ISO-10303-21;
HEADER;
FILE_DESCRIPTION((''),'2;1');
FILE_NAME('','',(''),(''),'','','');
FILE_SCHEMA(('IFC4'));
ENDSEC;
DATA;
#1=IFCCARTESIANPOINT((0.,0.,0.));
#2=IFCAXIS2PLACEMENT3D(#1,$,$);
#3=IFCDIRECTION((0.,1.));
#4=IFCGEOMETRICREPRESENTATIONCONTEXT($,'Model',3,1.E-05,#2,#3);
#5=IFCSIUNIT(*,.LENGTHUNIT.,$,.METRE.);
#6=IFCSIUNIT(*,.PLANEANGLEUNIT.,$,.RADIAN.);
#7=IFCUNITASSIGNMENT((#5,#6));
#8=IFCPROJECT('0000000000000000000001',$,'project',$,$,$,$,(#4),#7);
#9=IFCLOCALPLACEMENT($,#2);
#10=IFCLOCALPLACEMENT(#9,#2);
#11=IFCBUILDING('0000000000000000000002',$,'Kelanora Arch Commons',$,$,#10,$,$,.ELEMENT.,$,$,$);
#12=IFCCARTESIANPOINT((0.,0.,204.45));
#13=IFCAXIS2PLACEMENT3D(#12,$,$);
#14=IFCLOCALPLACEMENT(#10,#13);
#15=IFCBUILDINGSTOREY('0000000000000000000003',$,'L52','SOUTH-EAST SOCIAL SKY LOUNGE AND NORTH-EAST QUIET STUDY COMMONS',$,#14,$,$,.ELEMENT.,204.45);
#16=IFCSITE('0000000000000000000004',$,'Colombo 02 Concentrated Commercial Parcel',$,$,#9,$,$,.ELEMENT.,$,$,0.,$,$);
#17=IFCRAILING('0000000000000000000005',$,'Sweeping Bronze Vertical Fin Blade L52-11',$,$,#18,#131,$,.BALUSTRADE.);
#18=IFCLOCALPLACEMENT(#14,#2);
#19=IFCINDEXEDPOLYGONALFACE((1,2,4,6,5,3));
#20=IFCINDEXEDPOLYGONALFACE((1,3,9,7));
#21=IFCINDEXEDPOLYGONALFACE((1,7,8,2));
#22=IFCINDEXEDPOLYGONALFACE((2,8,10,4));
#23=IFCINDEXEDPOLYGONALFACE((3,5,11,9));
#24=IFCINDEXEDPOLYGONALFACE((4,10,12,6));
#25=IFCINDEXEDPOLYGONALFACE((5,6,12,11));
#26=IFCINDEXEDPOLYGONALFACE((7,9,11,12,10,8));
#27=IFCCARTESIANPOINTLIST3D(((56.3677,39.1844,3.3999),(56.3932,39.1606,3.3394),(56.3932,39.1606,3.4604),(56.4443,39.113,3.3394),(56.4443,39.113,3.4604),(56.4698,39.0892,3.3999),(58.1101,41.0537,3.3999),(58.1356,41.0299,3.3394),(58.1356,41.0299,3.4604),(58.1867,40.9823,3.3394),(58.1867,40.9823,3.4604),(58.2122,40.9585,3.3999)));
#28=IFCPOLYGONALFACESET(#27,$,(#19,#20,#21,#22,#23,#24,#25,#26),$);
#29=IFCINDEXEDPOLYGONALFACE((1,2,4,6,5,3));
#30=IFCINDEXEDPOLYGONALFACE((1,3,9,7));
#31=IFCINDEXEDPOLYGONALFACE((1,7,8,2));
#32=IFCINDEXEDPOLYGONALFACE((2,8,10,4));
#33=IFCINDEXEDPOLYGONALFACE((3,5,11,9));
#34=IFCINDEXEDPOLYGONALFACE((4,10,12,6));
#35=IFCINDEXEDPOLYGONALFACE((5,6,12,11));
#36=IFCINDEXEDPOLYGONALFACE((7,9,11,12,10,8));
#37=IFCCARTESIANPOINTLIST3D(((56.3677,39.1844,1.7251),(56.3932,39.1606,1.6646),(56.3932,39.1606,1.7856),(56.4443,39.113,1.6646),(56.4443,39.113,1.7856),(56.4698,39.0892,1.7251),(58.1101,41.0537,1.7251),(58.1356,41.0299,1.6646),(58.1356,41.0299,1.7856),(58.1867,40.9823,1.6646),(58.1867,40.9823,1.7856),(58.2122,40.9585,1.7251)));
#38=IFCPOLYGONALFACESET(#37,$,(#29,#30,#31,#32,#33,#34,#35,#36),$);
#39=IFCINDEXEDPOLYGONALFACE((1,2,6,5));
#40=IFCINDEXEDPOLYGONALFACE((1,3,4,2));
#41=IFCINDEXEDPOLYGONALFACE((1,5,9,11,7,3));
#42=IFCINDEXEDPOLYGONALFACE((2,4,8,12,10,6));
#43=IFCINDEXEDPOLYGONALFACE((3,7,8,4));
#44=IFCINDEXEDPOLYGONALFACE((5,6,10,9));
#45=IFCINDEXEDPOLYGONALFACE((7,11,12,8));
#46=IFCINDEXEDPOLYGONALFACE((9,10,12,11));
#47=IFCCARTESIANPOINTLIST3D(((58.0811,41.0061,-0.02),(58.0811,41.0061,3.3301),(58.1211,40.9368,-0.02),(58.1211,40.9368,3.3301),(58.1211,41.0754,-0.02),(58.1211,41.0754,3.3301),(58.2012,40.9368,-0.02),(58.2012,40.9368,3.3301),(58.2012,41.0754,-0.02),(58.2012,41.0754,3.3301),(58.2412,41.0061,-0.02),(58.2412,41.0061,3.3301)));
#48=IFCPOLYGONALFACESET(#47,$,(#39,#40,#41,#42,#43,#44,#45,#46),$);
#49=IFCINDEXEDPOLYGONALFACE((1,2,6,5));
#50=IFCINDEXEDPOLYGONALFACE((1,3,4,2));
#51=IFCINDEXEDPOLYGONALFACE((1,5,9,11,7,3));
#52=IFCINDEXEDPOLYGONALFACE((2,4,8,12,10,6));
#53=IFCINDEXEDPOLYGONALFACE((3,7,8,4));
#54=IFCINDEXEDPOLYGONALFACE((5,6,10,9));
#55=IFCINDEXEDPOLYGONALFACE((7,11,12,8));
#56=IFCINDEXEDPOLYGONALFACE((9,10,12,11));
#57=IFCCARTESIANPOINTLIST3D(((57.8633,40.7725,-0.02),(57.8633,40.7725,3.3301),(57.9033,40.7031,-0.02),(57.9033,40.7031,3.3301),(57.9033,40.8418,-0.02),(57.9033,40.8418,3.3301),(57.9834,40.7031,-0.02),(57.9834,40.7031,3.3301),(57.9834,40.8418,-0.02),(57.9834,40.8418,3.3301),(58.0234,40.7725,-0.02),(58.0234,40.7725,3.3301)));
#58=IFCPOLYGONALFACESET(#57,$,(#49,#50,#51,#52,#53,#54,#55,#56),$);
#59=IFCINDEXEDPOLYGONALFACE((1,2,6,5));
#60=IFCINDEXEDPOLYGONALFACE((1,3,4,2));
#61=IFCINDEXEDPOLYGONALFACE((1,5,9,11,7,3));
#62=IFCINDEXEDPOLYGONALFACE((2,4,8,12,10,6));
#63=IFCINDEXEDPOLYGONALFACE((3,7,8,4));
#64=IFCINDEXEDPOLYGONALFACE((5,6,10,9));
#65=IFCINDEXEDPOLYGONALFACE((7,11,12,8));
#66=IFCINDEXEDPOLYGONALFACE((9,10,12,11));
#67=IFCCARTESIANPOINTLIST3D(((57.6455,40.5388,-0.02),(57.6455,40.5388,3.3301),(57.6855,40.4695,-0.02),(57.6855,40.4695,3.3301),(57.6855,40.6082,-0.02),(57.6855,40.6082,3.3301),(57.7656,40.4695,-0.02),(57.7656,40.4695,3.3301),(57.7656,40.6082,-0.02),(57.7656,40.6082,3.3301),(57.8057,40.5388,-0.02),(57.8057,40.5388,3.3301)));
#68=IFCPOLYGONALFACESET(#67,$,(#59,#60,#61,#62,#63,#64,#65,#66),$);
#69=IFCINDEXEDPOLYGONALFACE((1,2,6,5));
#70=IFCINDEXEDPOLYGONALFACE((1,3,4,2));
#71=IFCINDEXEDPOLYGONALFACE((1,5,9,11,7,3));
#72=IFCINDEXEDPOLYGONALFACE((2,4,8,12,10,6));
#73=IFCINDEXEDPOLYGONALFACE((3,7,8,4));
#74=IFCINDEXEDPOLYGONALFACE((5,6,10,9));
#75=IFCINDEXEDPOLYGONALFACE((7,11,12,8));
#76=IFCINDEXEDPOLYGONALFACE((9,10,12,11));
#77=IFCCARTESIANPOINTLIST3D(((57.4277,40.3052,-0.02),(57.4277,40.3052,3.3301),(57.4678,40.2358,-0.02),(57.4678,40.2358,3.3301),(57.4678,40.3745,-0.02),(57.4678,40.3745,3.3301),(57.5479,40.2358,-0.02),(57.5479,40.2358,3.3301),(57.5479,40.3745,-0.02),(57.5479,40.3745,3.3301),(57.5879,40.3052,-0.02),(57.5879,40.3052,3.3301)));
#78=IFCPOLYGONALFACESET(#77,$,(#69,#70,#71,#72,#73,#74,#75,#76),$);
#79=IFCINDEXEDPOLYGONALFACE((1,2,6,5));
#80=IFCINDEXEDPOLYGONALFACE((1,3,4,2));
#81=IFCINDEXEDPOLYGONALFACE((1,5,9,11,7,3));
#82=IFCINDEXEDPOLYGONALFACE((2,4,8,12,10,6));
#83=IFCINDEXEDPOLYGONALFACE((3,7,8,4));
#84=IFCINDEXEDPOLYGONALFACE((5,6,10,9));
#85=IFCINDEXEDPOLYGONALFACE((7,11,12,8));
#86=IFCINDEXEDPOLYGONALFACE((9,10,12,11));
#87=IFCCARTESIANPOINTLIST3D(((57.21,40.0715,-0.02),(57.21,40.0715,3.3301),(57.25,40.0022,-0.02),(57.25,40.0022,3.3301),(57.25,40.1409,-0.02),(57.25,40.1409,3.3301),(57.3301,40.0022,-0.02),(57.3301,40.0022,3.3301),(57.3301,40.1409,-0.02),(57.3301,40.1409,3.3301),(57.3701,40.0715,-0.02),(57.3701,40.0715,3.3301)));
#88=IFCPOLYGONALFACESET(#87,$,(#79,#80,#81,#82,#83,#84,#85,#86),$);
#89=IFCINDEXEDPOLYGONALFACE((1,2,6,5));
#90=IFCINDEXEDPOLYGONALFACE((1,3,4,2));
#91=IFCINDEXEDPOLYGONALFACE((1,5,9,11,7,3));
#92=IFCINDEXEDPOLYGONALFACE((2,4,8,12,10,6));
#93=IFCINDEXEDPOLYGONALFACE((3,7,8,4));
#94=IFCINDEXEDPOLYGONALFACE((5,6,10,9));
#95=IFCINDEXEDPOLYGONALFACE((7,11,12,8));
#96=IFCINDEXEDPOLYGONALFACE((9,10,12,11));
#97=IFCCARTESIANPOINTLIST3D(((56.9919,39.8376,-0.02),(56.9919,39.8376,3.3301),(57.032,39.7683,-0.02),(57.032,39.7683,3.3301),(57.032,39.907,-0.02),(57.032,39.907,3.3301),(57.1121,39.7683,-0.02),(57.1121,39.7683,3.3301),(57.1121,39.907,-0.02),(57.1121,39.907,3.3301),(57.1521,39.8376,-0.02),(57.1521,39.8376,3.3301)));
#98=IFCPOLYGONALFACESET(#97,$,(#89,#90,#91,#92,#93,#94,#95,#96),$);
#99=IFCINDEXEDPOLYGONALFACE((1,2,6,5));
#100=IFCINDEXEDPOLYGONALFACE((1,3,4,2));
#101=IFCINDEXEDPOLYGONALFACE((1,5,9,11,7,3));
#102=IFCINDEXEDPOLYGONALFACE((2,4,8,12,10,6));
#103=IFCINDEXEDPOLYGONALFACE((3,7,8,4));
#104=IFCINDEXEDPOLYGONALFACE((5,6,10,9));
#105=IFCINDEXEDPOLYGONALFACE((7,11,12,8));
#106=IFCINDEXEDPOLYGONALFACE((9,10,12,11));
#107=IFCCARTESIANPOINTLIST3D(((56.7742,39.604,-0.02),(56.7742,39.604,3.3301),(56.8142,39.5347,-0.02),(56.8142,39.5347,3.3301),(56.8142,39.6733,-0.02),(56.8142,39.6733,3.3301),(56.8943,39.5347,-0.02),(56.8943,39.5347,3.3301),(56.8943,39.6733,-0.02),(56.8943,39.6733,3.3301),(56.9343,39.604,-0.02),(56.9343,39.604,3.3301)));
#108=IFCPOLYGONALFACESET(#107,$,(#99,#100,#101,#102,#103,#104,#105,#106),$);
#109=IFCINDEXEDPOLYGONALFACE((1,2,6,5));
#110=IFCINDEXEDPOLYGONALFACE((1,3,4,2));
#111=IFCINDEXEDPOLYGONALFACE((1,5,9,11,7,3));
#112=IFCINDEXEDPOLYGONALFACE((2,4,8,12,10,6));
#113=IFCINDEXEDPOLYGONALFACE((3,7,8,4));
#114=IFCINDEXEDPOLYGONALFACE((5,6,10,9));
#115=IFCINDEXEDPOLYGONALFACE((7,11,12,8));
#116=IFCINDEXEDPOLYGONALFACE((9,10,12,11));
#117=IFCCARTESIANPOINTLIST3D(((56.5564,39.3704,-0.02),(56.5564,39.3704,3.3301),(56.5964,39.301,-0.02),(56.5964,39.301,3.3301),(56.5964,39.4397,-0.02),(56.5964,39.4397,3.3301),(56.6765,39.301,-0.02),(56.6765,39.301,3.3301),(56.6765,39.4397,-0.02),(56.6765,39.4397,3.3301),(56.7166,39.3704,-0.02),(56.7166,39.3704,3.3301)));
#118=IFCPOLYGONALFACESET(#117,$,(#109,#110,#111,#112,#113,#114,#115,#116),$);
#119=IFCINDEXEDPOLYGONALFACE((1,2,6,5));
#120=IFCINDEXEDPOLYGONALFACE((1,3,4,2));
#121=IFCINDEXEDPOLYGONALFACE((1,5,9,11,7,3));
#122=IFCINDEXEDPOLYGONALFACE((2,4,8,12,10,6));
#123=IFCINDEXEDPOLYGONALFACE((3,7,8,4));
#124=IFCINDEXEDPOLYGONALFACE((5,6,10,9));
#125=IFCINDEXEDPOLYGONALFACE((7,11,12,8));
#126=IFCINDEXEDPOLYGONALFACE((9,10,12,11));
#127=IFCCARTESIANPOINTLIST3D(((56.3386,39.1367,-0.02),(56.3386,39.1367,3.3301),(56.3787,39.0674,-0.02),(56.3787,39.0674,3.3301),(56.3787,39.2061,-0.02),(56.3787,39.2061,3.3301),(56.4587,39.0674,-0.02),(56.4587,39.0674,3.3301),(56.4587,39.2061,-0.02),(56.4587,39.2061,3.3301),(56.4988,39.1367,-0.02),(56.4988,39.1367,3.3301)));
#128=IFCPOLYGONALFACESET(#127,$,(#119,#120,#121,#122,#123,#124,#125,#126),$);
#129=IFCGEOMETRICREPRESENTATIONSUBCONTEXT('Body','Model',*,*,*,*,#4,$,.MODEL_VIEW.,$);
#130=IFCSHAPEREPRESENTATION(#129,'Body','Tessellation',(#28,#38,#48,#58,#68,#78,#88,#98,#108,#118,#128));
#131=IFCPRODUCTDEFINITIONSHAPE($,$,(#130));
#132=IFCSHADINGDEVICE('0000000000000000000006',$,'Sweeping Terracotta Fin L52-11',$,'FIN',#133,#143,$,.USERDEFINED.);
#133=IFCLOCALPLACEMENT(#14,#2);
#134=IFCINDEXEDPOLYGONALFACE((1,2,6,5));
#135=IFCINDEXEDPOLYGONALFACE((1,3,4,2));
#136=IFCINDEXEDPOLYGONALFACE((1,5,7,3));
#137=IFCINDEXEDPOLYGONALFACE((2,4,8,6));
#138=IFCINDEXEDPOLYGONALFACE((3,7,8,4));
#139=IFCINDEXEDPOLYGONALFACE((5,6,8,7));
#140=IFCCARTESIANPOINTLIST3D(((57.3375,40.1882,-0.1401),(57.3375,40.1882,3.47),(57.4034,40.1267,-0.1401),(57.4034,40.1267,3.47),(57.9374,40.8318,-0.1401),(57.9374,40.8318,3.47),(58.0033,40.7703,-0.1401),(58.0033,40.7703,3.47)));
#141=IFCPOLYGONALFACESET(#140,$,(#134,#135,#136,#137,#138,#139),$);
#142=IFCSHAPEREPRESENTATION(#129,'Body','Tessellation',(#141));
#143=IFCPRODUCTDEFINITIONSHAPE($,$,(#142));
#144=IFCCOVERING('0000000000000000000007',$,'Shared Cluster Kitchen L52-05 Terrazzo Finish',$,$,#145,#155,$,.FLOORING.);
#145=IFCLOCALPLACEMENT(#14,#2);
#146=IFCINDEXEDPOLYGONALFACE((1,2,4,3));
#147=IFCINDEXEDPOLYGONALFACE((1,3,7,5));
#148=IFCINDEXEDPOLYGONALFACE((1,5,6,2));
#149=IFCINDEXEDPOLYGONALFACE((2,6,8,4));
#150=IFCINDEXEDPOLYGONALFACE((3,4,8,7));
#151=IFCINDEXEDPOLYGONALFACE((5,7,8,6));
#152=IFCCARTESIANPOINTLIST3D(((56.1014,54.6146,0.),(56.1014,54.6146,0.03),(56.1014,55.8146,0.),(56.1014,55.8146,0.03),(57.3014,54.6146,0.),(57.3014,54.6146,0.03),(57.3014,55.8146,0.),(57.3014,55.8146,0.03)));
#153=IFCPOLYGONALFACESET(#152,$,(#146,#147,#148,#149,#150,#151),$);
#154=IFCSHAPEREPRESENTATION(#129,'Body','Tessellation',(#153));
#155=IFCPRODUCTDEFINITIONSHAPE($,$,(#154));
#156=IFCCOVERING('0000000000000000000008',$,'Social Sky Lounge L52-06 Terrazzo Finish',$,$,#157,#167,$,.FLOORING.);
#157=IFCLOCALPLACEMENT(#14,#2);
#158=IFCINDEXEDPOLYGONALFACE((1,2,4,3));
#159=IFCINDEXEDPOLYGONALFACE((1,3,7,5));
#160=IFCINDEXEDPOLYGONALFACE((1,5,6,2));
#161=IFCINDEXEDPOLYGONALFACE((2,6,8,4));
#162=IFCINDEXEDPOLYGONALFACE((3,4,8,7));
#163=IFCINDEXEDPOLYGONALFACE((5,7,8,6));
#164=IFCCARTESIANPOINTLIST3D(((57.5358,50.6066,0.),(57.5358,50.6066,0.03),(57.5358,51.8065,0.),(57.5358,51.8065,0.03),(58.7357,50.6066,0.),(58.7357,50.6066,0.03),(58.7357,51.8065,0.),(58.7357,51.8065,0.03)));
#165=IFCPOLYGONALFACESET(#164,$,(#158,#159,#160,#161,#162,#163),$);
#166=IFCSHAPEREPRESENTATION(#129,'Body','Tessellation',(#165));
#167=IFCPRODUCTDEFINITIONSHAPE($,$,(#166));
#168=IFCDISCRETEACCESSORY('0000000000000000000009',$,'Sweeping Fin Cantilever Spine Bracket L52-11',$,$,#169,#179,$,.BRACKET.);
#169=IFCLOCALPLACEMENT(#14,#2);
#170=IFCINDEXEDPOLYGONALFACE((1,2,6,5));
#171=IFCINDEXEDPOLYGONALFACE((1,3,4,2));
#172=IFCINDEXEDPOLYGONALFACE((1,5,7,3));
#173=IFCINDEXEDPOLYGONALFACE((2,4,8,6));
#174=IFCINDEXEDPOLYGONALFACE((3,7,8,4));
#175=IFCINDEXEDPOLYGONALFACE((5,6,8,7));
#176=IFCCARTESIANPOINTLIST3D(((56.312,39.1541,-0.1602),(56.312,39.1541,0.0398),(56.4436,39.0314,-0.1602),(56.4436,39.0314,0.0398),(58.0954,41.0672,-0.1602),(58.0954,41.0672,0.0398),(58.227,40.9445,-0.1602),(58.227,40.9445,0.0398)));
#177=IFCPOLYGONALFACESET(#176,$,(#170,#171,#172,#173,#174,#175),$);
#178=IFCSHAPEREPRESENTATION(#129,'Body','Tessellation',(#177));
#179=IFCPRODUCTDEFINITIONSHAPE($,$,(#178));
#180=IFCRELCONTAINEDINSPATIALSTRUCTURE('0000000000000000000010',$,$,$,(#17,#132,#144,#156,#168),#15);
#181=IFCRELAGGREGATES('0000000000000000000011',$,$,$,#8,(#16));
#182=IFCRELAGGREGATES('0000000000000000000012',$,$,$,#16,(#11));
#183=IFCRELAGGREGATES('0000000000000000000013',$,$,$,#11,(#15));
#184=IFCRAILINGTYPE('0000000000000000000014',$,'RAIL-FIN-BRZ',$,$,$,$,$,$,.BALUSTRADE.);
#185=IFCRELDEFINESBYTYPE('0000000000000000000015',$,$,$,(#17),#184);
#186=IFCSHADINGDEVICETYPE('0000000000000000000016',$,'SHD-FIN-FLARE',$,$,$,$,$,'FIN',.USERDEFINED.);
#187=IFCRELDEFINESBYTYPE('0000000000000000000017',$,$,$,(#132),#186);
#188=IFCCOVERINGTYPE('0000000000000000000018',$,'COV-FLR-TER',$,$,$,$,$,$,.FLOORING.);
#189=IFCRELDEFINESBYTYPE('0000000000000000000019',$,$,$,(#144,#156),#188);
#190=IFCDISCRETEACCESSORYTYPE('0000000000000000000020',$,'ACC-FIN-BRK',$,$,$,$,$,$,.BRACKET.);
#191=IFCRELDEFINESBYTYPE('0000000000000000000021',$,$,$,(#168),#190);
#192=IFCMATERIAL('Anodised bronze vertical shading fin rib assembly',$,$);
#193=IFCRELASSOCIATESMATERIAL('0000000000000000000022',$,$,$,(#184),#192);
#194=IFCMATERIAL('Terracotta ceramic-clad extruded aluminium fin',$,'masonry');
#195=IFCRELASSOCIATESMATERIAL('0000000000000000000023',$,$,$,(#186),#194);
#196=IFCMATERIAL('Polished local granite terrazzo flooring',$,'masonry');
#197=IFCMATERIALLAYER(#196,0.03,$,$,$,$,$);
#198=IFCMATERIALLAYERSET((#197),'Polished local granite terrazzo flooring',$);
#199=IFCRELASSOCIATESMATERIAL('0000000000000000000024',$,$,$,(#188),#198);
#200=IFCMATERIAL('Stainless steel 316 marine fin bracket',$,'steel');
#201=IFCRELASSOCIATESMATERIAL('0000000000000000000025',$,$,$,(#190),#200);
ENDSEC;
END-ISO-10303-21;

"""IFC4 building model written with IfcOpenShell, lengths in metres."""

from ifc_helpers import new_model, si_unit, direction, frame, origin, origin_2d, place, context, subcontext, project, spatial, polyline, rectangle, outline, extrude, source, transform, mapped, material, layer, layer_set, type_object, element, save


model = new_model("IFC4")

# Units and contexts
model_context = context("Model", 3, precision=1e-05, world=origin(), true_north=direction((0.0, 1.0)))
body_context = subcontext(model_context, "Body", "Model", "MODEL_VIEW")
ifc_project = project(units=[si_unit("LENGTHUNIT", "METRE"), si_unit("PLANEANGLEUNIT", "RADIAN")], contexts=[model_context])

# Site, building, storey
site_placement = place(None, origin())
site = spatial("IfcSite", under=ifc_project, at=site_placement, Name="Colombo 02 Concentrated Commercial Parcel", CompositionType="ELEMENT", RefElevation=0.0)
building_placement = place(site_placement, origin())
building = spatial("IfcBuilding", under=site, at=building_placement, Name="Kelanora Arch Commons", CompositionType="ELEMENT")
storey_placement = place(building_placement, frame((0.0, 0.0, 204.45)))
storey = spatial("IfcBuildingStorey", under=building, at=storey_placement, Name="L52", Description="SOUTH-EAST SOCIAL SKY LOUNGE AND NORTH-EAST QUIET STUDY COMMONS", CompositionType="ELEMENT", Elevation=204.45)

# Railing
ifc_material_1 = material(Name="Anodised bronze vertical shading fin rib assembly")
railing_type = type_object("IfcRailingType", Name="RAIL-FIN-BRZ", PredefinedType="BALUSTRADE", material=ifc_material_1)
railing_placement = place(storey_placement, frame((58.1611, 41.0061, -0.02)))
element("IfcRailing", 1, at=railing_placement, inside=storey, type_object=railing_type, Name="Sweeping Bronze Vertical Fin Blade L52-11", PredefinedType="BALUSTRADE", context=body_context, shape_type="SweptSolid", body=[
    extrude(outline(polyline([(0.0698, 0.0), (0.0349, 0.0605), (-0.0349, 0.0605), (-0.0698, 0.0), (-0.0349, -0.0605), (0.0349, -0.0605), (0.0698, 0.0)])), frame((0.0, 0.0, 3.4199), z_axis=(-0.681831, -0.731509, 0.0), x_axis=(0.731509, -0.681831, 0.0)), (0.0, 0.0, 1.0), 2.5554),
    extrude(outline(polyline([(0.0698, 0.0), (0.0349, 0.0605), (-0.0349, 0.0605), (-0.0698, 0.0), (-0.0349, -0.0605), (0.0349, -0.0605), (0.0698, 0.0)])), frame((0.0, 0.0, 1.7451), z_axis=(-0.681831, -0.731509, 0.0), x_axis=(0.731509, -0.681831, 0.0)), (0.0, 0.0, 1.0), 2.5554),
    extrude(outline(polyline([(0.0801, 0.0), (0.04, 0.0693), (-0.04, 0.0693), (-0.0801, 0.0), (-0.04, -0.0693), (0.04, -0.0693), (0.0801, 0.0)])), origin(), (0.0, 0.0, 1.0), 3.3501),
    extrude(outline(polyline([(0.0801, 0.0), (0.04, 0.0693), (-0.04, 0.0693), (-0.0801, 0.0), (-0.04, -0.0693), (0.04, -0.0693), (0.0801, 0.0)])), frame((-0.2178, -0.2336, 0.0)), (0.0, 0.0, 1.0), 3.3501),
    extrude(outline(polyline([(0.0801, 0.0), (0.04, 0.0693), (-0.04, 0.0693), (-0.0801, 0.0), (-0.04, -0.0693), (0.04, -0.0693), (0.0801, 0.0)])), frame((-0.4355, -0.4673, 0.0)), (0.0, 0.0, 1.0), 3.3501),
    extrude(outline(polyline([(0.0801, 0.0), (0.04, 0.0693), (-0.04, 0.0693), (-0.0801, 0.0), (-0.04, -0.0693), (0.04, -0.0693), (0.0801, 0.0)])), frame((-0.6533, -0.7009, 0.0)), (0.0, 0.0, 1.0), 3.3501),
    extrude(outline(polyline([(0.0801, 0.0), (0.04, 0.0693), (-0.04, 0.0693), (-0.0801, 0.0), (-0.04, -0.0693), (0.04, -0.0693), (0.0801, 0.0)])), frame((-0.8711, -0.9346, 0.0)), (0.0, 0.0, 1.0), 3.3501),
    extrude(outline(polyline([(0.0801, 0.0), (0.04, 0.0693), (-0.04, 0.0693), (-0.0801, 0.0), (-0.04, -0.0693), (0.04, -0.0693), (0.0801, 0.0)])), frame((-1.0891, -1.1685, 0.0)), (0.0, 0.0, 1.0), 3.3501),
    extrude(outline(polyline([(0.0801, 0.0), (0.04, 0.0693), (-0.04, 0.0693), (-0.0801, 0.0), (-0.04, -0.0693), (0.04, -0.0693), (0.0801, 0.0)])), frame((-1.3069, -1.4021, 0.0)), (0.0, 0.0, 1.0), 3.3501),
    extrude(outline(polyline([(0.0801, 0.0), (0.04, 0.0693), (-0.04, 0.0693), (-0.0801, 0.0), (-0.04, -0.0693), (0.04, -0.0693), (0.0801, 0.0)])), frame((-1.5247, -1.6357, 0.0)), (0.0, 0.0, 1.0), 3.3501),
    extrude(outline(polyline([(0.0801, 0.0), (0.04, 0.0693), (-0.04, 0.0693), (-0.0801, 0.0), (-0.04, -0.0693), (0.04, -0.0693), (0.0801, 0.0)])), frame((-1.7424, -1.8694, 0.0)), (0.0, 0.0, 1.0), 3.3501),
])

# Shading device
ifc_material_2 = material(Name="Terracotta ceramic-clad extruded aluminium fin", Category="masonry")
shading_device_type = type_object("IfcShadingDeviceType", Name="SHD-FIN-FLARE", ElementType="FIN", PredefinedType="USERDEFINED", material=ifc_material_2)
shared_shape_1 = source(origin(), body_context, "Body", "SweptSolid", [
    extrude(rectangle(XDim=0.8799, YDim=0.0901, at=origin_2d()), origin(), (0.0, 0.0, 1.0), 3.6101),
])
shading_device_placement = place(storey_placement, frame((57.6704, 40.4792, -0.1401), z_axis=(0.0, 0.0, 1.0), x_axis=(-0.681871, -0.731473, 0.0)))
element("IfcShadingDevice", 2, at=shading_device_placement, inside=storey, type_object=shading_device_type, Name="Sweeping Terracotta Fin L52-11", ObjectType="FIN", PredefinedType="USERDEFINED", context=body_context, shape_type="MappedRepresentation", body=[
    mapped(shared_shape_1, transform((0.0, 0.0, 0.0), scale=1.0)),
])

# Coverings
ifc_material_3 = material(Name="Polished local granite terrazzo flooring", Category="masonry")
ifc_layer_1 = layer(ifc_material_3, 0.03)
ifc_layer_set_1 = layer_set([ifc_layer_1], Name="Polished local granite terrazzo flooring")
covering_type = type_object("IfcCoveringType", Name="COV-FLR-TER", PredefinedType="FLOORING", material=ifc_layer_set_1)
shared_shape_2 = source(origin(), body_context, "Body", "SweptSolid", [
    extrude(rectangle(XDim=1.2, YDim=1.2, at=origin_2d()), origin(), (0.0, 0.0, 1.0), 0.03),
])
for number, where, z_axis, x_axis, name in (
    (3, (56.7014, 55.2146, 0.0), (0.0, 0.0, 1.0), (1.0, 0.0, 0.0), "Shared Cluster Kitchen L52-05 Terrazzo Finish"),
    (4, (58.1357, 51.2065, 0.0), (0.0, 0.0, 1.0), (1.0, 0.0, 0.0), "Social Sky Lounge L52-06 Terrazzo Finish"),
):
    element("IfcCovering", number, at=place(storey_placement, frame(where, z_axis=z_axis, x_axis=x_axis)), inside=storey, type_object=covering_type, Name=name, PredefinedType="FLOORING", context=body_context, shape_type="MappedRepresentation", body=[
        mapped(shared_shape_2, transform((0.0, 0.0, 0.0), scale=1.0)),
    ])

# Discrete accessory
ifc_material_4 = material(Name="Stainless steel 316 marine fin bracket", Category="steel")
discrete_accessory_type = type_object("IfcDiscreteAccessoryType", Name="ACC-FIN-BRK", PredefinedType="BRACKET", material=ifc_material_4)
shared_shape_3 = source(origin(), body_context, "Body", "SweptSolid", [
    extrude(rectangle(XDim=2.6155, YDim=0.1799, at=origin_2d()), origin(), (0.0, 0.0, 1.0), 0.2),
])
discrete_accessory_placement = place(storey_placement, frame((57.2695, 40.0493, -0.1602), z_axis=(0.0, 0.0, 1.0), x_axis=(-0.681871, -0.731473, 0.0)))
element("IfcDiscreteAccessory", 5, at=discrete_accessory_placement, inside=storey, type_object=discrete_accessory_type, Name="Sweeping Fin Cantilever Spine Bracket L52-11", PredefinedType="BRACKET", context=body_context, shape_type="MappedRepresentation", body=[
    mapped(shared_shape_3, transform((0.0, 0.0, 0.0), scale=1.0)),
])

save(model, "model.ifc")
